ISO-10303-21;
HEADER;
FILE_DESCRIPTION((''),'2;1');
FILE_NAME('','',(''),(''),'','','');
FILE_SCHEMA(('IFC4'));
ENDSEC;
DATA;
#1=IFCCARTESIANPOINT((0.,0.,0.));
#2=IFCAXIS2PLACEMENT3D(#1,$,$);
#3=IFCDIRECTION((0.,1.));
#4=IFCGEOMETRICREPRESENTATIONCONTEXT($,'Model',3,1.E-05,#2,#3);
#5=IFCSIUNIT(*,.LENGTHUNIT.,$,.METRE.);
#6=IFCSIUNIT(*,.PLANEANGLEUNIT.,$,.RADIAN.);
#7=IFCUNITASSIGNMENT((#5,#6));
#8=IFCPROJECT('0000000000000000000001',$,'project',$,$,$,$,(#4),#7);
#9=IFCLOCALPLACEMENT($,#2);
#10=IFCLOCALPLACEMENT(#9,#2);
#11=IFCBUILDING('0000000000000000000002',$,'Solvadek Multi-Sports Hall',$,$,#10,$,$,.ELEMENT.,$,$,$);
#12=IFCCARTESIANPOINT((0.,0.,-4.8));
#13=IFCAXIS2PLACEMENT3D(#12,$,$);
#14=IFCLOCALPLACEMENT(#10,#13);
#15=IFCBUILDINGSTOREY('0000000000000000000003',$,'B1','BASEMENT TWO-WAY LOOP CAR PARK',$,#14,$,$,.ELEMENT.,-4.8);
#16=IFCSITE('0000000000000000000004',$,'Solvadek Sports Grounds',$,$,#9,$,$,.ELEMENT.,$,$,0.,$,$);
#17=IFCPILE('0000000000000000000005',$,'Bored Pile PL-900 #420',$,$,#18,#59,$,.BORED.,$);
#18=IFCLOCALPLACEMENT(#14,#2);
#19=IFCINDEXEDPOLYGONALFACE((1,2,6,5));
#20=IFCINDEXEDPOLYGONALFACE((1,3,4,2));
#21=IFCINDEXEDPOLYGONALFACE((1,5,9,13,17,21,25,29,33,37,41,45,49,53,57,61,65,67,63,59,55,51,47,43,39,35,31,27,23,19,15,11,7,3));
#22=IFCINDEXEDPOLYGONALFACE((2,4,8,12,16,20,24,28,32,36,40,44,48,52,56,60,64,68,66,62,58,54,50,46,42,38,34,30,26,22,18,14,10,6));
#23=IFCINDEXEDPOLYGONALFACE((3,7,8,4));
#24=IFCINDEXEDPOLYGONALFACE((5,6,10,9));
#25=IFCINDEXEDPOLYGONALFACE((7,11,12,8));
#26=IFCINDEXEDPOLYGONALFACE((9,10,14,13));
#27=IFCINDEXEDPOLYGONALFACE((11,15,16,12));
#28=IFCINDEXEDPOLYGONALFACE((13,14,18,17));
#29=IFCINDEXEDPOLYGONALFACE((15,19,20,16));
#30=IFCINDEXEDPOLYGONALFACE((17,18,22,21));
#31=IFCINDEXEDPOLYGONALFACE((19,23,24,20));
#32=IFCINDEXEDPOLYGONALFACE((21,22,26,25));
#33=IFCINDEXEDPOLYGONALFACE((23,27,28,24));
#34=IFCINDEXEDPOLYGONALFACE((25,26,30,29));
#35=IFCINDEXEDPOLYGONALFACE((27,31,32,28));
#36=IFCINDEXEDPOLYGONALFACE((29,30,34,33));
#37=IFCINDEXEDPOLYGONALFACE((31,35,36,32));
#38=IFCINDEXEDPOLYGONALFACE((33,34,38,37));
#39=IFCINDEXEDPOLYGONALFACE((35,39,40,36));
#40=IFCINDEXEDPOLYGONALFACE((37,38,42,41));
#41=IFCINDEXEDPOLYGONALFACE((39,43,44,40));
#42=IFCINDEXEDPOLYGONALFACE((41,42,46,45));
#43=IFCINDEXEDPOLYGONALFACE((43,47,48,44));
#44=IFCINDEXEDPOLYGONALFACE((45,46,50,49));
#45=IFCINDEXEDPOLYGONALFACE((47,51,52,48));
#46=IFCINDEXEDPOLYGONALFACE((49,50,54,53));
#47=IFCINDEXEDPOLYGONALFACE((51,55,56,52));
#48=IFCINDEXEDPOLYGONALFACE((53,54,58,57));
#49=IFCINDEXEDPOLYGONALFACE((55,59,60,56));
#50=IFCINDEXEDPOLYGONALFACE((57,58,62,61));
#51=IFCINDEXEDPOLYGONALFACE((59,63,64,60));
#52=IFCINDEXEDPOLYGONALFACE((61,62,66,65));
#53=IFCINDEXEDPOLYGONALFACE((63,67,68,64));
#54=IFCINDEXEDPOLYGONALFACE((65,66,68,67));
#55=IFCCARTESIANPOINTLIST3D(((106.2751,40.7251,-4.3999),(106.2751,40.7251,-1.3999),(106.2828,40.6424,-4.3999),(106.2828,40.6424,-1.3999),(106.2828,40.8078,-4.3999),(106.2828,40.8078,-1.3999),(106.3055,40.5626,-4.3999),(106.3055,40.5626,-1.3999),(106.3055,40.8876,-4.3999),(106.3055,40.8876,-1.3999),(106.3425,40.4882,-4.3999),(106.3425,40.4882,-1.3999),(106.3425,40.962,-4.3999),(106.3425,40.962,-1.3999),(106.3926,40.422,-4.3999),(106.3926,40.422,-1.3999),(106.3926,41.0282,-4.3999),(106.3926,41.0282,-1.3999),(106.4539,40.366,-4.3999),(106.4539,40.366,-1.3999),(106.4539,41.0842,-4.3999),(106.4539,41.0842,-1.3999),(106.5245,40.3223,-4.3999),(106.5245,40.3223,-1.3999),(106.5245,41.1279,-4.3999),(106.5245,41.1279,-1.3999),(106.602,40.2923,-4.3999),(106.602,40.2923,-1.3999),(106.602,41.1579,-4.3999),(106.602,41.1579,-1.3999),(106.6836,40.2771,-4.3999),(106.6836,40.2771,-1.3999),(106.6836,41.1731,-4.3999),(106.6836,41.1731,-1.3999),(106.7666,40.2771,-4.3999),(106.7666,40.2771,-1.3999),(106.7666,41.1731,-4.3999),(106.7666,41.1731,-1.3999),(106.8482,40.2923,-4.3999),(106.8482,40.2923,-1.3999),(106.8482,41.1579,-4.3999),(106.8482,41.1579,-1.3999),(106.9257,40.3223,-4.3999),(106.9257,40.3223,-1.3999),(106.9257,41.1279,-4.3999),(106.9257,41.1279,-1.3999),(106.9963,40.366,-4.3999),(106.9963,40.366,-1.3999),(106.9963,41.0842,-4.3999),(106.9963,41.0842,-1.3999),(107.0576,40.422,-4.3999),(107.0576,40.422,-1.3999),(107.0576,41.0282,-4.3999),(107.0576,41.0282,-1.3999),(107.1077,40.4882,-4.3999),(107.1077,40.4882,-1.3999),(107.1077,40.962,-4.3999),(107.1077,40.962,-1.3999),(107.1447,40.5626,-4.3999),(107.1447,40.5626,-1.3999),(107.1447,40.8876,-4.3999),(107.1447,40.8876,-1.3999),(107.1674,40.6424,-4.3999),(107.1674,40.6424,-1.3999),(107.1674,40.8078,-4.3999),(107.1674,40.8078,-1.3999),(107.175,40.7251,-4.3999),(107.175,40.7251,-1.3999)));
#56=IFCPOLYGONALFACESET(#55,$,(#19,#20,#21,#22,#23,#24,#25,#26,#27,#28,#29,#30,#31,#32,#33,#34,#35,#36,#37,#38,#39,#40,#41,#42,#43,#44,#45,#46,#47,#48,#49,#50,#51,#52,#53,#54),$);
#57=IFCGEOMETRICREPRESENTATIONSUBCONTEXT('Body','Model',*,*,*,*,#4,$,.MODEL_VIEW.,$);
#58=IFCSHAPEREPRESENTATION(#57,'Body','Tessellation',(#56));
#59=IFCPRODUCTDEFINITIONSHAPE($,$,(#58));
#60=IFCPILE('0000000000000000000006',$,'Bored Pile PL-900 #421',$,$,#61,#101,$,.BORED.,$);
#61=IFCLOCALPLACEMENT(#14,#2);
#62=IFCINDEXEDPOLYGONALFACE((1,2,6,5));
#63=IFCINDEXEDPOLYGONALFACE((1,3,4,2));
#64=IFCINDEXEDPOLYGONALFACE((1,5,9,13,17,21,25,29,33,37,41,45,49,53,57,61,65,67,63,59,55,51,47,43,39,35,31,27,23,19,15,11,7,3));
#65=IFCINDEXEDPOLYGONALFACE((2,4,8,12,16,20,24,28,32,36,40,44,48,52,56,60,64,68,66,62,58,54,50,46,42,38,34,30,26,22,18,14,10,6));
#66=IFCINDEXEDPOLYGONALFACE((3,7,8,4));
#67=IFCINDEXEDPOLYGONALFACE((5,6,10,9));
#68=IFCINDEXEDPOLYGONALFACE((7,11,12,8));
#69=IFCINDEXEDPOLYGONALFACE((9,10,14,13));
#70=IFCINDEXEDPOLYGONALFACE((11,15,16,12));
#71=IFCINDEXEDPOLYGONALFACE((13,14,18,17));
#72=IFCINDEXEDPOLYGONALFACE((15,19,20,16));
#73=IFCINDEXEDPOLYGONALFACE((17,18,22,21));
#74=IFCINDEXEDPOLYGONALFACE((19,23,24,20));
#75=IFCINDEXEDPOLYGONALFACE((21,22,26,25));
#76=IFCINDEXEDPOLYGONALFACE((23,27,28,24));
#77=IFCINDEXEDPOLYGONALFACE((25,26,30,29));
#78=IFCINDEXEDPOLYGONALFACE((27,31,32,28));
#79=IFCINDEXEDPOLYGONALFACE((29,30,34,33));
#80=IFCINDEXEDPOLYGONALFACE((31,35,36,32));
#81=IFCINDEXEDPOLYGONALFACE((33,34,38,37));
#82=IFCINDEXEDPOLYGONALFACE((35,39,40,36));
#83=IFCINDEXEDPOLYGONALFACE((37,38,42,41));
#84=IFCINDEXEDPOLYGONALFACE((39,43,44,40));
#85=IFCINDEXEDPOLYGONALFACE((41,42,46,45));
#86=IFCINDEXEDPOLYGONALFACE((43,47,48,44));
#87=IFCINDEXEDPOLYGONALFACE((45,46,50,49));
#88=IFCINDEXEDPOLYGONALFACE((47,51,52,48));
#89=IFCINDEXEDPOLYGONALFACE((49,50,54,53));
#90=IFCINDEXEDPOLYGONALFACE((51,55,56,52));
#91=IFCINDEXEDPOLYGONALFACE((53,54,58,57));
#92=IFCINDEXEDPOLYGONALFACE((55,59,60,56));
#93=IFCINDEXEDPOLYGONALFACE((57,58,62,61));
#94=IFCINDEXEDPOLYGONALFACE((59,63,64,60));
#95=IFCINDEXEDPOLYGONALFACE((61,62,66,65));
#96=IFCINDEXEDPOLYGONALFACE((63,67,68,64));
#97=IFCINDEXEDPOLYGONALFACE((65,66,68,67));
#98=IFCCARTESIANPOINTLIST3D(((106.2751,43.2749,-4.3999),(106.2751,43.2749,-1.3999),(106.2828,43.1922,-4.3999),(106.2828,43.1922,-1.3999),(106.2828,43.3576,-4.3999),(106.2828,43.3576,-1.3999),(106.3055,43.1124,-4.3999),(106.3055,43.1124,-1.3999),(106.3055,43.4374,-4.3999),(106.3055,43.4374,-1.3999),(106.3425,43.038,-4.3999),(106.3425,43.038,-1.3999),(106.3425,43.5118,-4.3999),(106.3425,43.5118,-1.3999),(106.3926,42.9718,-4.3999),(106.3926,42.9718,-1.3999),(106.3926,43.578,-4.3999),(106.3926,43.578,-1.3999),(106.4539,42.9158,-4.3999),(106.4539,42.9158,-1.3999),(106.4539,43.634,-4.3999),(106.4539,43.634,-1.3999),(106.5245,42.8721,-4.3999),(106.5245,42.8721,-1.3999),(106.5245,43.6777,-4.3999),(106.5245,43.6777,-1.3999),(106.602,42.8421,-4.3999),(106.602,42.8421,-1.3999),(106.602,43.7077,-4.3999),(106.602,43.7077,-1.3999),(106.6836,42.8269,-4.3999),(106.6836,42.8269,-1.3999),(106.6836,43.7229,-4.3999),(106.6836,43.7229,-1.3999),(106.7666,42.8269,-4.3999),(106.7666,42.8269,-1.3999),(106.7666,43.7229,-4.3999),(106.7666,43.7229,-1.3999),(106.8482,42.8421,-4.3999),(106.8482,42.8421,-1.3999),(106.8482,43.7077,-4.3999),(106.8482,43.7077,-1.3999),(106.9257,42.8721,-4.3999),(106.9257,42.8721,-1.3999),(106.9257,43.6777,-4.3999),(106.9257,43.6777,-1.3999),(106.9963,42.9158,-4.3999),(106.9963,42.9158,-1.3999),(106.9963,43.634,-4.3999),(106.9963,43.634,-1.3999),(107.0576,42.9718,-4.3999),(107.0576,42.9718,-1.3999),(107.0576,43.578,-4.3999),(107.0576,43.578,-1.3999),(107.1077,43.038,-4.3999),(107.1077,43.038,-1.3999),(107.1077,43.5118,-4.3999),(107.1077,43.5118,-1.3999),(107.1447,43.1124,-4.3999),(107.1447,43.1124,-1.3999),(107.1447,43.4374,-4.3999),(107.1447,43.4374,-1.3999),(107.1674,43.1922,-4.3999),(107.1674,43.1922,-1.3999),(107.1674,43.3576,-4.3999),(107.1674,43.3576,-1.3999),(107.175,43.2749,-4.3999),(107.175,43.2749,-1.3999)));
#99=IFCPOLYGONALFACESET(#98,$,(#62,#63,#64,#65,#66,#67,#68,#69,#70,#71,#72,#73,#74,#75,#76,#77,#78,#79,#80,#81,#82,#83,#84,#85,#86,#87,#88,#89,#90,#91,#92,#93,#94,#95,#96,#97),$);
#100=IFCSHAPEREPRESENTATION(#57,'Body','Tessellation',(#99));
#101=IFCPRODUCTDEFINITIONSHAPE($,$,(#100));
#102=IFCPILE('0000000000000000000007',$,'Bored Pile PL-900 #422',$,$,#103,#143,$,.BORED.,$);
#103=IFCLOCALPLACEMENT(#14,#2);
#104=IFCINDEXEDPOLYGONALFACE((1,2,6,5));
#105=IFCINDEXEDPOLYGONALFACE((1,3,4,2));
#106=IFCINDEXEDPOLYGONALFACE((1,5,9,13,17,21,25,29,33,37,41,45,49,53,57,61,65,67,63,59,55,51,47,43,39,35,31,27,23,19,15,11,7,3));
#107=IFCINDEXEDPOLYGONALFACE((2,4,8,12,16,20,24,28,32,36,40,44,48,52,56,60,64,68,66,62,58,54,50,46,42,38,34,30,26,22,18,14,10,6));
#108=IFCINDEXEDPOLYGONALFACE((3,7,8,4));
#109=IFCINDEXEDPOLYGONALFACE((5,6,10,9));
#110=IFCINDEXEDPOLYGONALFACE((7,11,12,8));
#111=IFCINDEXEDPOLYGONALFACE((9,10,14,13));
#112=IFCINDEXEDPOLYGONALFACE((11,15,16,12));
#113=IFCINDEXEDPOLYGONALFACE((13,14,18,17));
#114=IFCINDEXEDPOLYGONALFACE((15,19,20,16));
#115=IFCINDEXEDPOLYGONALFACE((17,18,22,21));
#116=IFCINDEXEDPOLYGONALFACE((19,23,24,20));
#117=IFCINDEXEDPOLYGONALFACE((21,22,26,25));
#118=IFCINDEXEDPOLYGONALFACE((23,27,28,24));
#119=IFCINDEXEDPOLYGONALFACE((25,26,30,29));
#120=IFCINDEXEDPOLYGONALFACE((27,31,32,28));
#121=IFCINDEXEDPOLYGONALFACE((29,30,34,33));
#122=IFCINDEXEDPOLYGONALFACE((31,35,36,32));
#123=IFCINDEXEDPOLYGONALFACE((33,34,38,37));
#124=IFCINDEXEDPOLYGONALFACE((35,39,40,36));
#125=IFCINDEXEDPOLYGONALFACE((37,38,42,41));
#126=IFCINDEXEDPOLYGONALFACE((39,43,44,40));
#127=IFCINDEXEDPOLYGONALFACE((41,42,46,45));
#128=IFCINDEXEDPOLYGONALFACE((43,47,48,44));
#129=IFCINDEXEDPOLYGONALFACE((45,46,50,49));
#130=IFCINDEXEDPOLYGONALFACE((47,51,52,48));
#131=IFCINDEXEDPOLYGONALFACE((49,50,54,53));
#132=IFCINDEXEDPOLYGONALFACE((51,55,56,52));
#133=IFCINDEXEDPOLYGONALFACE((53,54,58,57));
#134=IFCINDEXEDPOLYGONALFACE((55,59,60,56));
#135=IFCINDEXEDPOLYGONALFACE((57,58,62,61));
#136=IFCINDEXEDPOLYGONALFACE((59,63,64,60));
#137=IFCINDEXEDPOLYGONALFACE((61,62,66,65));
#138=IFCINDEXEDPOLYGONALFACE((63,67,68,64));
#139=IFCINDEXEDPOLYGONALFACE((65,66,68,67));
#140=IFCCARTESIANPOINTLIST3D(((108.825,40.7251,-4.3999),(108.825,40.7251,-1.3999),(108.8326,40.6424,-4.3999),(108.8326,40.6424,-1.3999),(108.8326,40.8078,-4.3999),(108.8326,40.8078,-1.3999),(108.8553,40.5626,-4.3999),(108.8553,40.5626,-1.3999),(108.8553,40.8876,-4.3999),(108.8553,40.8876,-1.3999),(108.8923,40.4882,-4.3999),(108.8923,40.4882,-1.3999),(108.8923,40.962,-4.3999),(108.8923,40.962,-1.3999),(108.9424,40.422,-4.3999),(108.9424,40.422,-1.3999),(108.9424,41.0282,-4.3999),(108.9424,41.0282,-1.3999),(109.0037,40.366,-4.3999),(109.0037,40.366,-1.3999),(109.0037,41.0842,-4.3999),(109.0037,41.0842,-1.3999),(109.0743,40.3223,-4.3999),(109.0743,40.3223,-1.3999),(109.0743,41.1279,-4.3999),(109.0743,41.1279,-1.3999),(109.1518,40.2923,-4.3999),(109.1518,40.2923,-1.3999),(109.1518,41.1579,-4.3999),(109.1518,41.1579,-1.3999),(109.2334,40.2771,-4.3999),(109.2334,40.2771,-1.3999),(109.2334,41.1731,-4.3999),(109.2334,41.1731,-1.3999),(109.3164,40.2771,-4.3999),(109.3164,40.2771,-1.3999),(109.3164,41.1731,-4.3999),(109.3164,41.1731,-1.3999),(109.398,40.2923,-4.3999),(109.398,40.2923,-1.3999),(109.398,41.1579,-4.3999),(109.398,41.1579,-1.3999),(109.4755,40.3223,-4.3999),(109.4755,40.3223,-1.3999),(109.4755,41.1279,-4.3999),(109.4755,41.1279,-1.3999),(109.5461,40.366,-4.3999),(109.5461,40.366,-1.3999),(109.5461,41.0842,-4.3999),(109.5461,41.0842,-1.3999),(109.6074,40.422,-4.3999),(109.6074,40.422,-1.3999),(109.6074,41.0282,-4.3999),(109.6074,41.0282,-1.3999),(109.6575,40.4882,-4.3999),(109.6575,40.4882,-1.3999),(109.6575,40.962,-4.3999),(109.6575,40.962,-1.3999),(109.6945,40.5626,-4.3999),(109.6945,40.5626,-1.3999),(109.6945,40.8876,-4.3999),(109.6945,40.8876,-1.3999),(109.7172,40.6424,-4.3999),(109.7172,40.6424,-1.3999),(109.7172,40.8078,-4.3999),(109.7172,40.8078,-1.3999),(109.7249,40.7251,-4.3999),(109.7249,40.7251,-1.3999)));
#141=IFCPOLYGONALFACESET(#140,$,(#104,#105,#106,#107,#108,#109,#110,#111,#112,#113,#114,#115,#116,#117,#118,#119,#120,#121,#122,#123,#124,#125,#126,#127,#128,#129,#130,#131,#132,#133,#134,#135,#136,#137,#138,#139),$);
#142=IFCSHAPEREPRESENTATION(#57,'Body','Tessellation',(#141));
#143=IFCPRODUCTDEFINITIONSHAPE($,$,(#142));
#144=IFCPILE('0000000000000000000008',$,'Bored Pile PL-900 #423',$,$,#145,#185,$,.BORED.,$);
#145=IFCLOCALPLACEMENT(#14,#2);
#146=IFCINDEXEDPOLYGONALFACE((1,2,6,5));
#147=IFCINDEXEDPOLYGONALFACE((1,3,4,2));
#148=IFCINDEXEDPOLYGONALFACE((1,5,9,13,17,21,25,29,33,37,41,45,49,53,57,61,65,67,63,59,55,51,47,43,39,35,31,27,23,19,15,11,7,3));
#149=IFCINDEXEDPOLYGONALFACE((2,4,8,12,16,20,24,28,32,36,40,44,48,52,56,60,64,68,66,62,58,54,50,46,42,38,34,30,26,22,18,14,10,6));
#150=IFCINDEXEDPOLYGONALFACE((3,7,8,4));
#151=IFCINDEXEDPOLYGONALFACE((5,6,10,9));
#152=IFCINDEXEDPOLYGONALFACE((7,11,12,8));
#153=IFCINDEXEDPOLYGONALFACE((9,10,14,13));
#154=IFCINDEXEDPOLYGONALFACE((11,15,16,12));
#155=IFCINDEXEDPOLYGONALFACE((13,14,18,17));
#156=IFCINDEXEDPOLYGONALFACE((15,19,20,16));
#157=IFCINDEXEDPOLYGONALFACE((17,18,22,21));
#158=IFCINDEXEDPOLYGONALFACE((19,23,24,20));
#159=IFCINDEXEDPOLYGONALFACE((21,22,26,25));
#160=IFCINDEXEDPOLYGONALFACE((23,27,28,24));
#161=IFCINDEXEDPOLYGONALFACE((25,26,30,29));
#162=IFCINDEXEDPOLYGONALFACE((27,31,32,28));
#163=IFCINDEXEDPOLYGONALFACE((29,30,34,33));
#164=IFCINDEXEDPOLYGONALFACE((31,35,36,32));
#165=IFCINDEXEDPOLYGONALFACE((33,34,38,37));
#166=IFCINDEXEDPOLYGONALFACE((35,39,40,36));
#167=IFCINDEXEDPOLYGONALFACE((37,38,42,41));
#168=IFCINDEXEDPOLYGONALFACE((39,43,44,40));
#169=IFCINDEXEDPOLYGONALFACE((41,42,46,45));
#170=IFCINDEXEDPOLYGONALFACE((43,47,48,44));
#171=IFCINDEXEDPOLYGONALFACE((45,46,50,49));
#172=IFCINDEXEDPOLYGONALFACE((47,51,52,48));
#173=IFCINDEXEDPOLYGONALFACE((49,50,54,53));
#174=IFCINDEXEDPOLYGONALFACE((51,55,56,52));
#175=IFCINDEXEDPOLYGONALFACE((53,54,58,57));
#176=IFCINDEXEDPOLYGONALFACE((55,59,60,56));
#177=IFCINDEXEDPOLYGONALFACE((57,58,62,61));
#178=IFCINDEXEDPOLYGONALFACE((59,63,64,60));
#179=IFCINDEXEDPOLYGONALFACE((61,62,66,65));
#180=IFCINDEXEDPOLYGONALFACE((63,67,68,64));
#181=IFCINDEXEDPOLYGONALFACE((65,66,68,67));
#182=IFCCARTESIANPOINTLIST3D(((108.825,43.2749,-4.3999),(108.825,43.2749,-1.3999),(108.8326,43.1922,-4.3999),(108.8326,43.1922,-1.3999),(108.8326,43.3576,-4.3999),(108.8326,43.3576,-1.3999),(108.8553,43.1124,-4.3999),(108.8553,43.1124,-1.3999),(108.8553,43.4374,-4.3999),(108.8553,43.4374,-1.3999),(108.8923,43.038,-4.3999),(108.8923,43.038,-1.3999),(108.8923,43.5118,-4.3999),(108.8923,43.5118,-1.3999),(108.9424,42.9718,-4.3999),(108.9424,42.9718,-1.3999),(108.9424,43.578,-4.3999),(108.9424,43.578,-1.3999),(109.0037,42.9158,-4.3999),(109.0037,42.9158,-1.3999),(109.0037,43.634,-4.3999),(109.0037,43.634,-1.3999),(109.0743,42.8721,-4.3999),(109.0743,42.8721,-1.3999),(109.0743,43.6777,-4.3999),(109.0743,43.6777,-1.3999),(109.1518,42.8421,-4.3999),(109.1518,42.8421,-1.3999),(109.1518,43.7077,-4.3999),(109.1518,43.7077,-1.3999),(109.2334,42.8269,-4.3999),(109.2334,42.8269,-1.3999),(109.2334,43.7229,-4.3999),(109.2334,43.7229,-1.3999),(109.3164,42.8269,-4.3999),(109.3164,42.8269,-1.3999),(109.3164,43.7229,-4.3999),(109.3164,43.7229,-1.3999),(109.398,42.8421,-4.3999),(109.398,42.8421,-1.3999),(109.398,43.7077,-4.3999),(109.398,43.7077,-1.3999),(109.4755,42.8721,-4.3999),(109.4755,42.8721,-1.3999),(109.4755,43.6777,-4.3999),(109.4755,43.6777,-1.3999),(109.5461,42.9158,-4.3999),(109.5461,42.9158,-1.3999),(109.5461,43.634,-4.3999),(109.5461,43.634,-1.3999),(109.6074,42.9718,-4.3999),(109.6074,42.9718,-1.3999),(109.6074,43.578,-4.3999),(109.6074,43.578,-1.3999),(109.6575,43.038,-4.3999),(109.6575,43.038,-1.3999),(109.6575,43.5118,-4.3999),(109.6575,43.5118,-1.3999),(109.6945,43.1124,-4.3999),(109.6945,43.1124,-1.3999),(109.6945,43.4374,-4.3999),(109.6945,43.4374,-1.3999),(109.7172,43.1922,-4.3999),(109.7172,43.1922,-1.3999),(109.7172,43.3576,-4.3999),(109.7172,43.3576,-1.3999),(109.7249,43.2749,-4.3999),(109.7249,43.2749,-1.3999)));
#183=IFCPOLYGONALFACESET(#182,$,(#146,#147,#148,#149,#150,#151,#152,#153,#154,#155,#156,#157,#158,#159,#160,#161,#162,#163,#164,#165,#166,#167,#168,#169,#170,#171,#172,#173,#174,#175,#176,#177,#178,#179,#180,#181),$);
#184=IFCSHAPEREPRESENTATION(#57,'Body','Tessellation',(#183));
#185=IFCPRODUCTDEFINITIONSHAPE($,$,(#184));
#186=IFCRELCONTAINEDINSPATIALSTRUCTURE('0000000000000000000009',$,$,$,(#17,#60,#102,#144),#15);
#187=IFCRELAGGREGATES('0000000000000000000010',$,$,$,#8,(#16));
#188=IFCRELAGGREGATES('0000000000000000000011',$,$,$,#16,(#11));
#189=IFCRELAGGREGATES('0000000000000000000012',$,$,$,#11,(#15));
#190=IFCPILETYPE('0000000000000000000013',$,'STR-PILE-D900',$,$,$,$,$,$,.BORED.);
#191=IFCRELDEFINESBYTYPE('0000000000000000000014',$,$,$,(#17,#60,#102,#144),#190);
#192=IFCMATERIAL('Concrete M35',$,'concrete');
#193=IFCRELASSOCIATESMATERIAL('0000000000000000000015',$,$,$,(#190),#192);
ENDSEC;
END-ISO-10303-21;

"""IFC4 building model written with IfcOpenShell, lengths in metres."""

from ifc_helpers import new_model, si_unit, direction, frame, origin, origin_2d, place, context, subcontext, project, spatial, circle, extrude, material, material_profile, profile_set, type_object, element, save


model = new_model("IFC4")

# Units and contexts
model_context = context("Model", 3, precision=1e-05, world=origin(), true_north=direction((0.0, 1.0)))
body_context = subcontext(model_context, "Body", "Model", "MODEL_VIEW")
ifc_project = project(units=[si_unit("LENGTHUNIT", "METRE"), si_unit("PLANEANGLEUNIT", "RADIAN")], contexts=[model_context])

# Site, building, storey
site_placement = place(None, origin())
site = spatial("IfcSite", under=ifc_project, at=site_placement, Name="Solvadek Sports Grounds", CompositionType="ELEMENT", RefElevation=0.0)
building_placement = place(site_placement, origin())
building = spatial("IfcBuilding", under=site, at=building_placement, Name="Solvadek Multi-Sports Hall", CompositionType="ELEMENT")
storey_placement = place(building_placement, frame((0.0, 0.0, -4.8)))
storey = spatial("IfcBuildingStorey", under=building, at=storey_placement, Name="B1", Description="BASEMENT TWO-WAY LOOP CAR PARK", CompositionType="ELEMENT", Elevation=-4.8)

# Piles
ifc_material_1 = material(Name="Concrete M35", Category="concrete")
ifc_material_profile_1 = material_profile(ifc_material_1, circle(Radius=0.45, at=origin_2d()), Name="BORED PILE D900")
ifc_profile_set_1 = profile_set([ifc_material_profile_1], Name="Concrete M35")
pile_type = type_object("IfcPileType", Name="STR-PILE-D900", PredefinedType="BORED", material=ifc_profile_set_1)
for number, where, z_axis, x_axis, name in (
    (1, (106.7251, 40.7251, -1.3999), (0.0, 0.0, -1.0), (1.0, 0.0, 0.0), "Bored Pile PL-900 #420"),
    (2, (106.7251, 43.2749, -1.3999), (0.0, 0.0, -1.0), (1.0, 0.0, 0.0), "Bored Pile PL-900 #421"),
    (3, (109.2749, 40.7251, -1.3999), (0.0, 0.0, -1.0), (1.0, 0.0, 0.0), "Bored Pile PL-900 #422"),
    (4, (109.2749, 43.2749, -1.3999), (0.0, 0.0, -1.0), (1.0, 0.0, 0.0), "Bored Pile PL-900 #423"),
):
    element("IfcPile", number, at=place(storey_placement, frame(where, z_axis=z_axis, x_axis=x_axis)), inside=storey, type_object=pile_type, Name=name, PredefinedType="BORED", context=body_context, shape_type="SweptSolid", body=[
        extrude(circle(Radius=0.45, at=origin_2d()), origin(), (0.0, 0.0, 1.0), 3.0),
    ])

save(model, "model.ifc")
